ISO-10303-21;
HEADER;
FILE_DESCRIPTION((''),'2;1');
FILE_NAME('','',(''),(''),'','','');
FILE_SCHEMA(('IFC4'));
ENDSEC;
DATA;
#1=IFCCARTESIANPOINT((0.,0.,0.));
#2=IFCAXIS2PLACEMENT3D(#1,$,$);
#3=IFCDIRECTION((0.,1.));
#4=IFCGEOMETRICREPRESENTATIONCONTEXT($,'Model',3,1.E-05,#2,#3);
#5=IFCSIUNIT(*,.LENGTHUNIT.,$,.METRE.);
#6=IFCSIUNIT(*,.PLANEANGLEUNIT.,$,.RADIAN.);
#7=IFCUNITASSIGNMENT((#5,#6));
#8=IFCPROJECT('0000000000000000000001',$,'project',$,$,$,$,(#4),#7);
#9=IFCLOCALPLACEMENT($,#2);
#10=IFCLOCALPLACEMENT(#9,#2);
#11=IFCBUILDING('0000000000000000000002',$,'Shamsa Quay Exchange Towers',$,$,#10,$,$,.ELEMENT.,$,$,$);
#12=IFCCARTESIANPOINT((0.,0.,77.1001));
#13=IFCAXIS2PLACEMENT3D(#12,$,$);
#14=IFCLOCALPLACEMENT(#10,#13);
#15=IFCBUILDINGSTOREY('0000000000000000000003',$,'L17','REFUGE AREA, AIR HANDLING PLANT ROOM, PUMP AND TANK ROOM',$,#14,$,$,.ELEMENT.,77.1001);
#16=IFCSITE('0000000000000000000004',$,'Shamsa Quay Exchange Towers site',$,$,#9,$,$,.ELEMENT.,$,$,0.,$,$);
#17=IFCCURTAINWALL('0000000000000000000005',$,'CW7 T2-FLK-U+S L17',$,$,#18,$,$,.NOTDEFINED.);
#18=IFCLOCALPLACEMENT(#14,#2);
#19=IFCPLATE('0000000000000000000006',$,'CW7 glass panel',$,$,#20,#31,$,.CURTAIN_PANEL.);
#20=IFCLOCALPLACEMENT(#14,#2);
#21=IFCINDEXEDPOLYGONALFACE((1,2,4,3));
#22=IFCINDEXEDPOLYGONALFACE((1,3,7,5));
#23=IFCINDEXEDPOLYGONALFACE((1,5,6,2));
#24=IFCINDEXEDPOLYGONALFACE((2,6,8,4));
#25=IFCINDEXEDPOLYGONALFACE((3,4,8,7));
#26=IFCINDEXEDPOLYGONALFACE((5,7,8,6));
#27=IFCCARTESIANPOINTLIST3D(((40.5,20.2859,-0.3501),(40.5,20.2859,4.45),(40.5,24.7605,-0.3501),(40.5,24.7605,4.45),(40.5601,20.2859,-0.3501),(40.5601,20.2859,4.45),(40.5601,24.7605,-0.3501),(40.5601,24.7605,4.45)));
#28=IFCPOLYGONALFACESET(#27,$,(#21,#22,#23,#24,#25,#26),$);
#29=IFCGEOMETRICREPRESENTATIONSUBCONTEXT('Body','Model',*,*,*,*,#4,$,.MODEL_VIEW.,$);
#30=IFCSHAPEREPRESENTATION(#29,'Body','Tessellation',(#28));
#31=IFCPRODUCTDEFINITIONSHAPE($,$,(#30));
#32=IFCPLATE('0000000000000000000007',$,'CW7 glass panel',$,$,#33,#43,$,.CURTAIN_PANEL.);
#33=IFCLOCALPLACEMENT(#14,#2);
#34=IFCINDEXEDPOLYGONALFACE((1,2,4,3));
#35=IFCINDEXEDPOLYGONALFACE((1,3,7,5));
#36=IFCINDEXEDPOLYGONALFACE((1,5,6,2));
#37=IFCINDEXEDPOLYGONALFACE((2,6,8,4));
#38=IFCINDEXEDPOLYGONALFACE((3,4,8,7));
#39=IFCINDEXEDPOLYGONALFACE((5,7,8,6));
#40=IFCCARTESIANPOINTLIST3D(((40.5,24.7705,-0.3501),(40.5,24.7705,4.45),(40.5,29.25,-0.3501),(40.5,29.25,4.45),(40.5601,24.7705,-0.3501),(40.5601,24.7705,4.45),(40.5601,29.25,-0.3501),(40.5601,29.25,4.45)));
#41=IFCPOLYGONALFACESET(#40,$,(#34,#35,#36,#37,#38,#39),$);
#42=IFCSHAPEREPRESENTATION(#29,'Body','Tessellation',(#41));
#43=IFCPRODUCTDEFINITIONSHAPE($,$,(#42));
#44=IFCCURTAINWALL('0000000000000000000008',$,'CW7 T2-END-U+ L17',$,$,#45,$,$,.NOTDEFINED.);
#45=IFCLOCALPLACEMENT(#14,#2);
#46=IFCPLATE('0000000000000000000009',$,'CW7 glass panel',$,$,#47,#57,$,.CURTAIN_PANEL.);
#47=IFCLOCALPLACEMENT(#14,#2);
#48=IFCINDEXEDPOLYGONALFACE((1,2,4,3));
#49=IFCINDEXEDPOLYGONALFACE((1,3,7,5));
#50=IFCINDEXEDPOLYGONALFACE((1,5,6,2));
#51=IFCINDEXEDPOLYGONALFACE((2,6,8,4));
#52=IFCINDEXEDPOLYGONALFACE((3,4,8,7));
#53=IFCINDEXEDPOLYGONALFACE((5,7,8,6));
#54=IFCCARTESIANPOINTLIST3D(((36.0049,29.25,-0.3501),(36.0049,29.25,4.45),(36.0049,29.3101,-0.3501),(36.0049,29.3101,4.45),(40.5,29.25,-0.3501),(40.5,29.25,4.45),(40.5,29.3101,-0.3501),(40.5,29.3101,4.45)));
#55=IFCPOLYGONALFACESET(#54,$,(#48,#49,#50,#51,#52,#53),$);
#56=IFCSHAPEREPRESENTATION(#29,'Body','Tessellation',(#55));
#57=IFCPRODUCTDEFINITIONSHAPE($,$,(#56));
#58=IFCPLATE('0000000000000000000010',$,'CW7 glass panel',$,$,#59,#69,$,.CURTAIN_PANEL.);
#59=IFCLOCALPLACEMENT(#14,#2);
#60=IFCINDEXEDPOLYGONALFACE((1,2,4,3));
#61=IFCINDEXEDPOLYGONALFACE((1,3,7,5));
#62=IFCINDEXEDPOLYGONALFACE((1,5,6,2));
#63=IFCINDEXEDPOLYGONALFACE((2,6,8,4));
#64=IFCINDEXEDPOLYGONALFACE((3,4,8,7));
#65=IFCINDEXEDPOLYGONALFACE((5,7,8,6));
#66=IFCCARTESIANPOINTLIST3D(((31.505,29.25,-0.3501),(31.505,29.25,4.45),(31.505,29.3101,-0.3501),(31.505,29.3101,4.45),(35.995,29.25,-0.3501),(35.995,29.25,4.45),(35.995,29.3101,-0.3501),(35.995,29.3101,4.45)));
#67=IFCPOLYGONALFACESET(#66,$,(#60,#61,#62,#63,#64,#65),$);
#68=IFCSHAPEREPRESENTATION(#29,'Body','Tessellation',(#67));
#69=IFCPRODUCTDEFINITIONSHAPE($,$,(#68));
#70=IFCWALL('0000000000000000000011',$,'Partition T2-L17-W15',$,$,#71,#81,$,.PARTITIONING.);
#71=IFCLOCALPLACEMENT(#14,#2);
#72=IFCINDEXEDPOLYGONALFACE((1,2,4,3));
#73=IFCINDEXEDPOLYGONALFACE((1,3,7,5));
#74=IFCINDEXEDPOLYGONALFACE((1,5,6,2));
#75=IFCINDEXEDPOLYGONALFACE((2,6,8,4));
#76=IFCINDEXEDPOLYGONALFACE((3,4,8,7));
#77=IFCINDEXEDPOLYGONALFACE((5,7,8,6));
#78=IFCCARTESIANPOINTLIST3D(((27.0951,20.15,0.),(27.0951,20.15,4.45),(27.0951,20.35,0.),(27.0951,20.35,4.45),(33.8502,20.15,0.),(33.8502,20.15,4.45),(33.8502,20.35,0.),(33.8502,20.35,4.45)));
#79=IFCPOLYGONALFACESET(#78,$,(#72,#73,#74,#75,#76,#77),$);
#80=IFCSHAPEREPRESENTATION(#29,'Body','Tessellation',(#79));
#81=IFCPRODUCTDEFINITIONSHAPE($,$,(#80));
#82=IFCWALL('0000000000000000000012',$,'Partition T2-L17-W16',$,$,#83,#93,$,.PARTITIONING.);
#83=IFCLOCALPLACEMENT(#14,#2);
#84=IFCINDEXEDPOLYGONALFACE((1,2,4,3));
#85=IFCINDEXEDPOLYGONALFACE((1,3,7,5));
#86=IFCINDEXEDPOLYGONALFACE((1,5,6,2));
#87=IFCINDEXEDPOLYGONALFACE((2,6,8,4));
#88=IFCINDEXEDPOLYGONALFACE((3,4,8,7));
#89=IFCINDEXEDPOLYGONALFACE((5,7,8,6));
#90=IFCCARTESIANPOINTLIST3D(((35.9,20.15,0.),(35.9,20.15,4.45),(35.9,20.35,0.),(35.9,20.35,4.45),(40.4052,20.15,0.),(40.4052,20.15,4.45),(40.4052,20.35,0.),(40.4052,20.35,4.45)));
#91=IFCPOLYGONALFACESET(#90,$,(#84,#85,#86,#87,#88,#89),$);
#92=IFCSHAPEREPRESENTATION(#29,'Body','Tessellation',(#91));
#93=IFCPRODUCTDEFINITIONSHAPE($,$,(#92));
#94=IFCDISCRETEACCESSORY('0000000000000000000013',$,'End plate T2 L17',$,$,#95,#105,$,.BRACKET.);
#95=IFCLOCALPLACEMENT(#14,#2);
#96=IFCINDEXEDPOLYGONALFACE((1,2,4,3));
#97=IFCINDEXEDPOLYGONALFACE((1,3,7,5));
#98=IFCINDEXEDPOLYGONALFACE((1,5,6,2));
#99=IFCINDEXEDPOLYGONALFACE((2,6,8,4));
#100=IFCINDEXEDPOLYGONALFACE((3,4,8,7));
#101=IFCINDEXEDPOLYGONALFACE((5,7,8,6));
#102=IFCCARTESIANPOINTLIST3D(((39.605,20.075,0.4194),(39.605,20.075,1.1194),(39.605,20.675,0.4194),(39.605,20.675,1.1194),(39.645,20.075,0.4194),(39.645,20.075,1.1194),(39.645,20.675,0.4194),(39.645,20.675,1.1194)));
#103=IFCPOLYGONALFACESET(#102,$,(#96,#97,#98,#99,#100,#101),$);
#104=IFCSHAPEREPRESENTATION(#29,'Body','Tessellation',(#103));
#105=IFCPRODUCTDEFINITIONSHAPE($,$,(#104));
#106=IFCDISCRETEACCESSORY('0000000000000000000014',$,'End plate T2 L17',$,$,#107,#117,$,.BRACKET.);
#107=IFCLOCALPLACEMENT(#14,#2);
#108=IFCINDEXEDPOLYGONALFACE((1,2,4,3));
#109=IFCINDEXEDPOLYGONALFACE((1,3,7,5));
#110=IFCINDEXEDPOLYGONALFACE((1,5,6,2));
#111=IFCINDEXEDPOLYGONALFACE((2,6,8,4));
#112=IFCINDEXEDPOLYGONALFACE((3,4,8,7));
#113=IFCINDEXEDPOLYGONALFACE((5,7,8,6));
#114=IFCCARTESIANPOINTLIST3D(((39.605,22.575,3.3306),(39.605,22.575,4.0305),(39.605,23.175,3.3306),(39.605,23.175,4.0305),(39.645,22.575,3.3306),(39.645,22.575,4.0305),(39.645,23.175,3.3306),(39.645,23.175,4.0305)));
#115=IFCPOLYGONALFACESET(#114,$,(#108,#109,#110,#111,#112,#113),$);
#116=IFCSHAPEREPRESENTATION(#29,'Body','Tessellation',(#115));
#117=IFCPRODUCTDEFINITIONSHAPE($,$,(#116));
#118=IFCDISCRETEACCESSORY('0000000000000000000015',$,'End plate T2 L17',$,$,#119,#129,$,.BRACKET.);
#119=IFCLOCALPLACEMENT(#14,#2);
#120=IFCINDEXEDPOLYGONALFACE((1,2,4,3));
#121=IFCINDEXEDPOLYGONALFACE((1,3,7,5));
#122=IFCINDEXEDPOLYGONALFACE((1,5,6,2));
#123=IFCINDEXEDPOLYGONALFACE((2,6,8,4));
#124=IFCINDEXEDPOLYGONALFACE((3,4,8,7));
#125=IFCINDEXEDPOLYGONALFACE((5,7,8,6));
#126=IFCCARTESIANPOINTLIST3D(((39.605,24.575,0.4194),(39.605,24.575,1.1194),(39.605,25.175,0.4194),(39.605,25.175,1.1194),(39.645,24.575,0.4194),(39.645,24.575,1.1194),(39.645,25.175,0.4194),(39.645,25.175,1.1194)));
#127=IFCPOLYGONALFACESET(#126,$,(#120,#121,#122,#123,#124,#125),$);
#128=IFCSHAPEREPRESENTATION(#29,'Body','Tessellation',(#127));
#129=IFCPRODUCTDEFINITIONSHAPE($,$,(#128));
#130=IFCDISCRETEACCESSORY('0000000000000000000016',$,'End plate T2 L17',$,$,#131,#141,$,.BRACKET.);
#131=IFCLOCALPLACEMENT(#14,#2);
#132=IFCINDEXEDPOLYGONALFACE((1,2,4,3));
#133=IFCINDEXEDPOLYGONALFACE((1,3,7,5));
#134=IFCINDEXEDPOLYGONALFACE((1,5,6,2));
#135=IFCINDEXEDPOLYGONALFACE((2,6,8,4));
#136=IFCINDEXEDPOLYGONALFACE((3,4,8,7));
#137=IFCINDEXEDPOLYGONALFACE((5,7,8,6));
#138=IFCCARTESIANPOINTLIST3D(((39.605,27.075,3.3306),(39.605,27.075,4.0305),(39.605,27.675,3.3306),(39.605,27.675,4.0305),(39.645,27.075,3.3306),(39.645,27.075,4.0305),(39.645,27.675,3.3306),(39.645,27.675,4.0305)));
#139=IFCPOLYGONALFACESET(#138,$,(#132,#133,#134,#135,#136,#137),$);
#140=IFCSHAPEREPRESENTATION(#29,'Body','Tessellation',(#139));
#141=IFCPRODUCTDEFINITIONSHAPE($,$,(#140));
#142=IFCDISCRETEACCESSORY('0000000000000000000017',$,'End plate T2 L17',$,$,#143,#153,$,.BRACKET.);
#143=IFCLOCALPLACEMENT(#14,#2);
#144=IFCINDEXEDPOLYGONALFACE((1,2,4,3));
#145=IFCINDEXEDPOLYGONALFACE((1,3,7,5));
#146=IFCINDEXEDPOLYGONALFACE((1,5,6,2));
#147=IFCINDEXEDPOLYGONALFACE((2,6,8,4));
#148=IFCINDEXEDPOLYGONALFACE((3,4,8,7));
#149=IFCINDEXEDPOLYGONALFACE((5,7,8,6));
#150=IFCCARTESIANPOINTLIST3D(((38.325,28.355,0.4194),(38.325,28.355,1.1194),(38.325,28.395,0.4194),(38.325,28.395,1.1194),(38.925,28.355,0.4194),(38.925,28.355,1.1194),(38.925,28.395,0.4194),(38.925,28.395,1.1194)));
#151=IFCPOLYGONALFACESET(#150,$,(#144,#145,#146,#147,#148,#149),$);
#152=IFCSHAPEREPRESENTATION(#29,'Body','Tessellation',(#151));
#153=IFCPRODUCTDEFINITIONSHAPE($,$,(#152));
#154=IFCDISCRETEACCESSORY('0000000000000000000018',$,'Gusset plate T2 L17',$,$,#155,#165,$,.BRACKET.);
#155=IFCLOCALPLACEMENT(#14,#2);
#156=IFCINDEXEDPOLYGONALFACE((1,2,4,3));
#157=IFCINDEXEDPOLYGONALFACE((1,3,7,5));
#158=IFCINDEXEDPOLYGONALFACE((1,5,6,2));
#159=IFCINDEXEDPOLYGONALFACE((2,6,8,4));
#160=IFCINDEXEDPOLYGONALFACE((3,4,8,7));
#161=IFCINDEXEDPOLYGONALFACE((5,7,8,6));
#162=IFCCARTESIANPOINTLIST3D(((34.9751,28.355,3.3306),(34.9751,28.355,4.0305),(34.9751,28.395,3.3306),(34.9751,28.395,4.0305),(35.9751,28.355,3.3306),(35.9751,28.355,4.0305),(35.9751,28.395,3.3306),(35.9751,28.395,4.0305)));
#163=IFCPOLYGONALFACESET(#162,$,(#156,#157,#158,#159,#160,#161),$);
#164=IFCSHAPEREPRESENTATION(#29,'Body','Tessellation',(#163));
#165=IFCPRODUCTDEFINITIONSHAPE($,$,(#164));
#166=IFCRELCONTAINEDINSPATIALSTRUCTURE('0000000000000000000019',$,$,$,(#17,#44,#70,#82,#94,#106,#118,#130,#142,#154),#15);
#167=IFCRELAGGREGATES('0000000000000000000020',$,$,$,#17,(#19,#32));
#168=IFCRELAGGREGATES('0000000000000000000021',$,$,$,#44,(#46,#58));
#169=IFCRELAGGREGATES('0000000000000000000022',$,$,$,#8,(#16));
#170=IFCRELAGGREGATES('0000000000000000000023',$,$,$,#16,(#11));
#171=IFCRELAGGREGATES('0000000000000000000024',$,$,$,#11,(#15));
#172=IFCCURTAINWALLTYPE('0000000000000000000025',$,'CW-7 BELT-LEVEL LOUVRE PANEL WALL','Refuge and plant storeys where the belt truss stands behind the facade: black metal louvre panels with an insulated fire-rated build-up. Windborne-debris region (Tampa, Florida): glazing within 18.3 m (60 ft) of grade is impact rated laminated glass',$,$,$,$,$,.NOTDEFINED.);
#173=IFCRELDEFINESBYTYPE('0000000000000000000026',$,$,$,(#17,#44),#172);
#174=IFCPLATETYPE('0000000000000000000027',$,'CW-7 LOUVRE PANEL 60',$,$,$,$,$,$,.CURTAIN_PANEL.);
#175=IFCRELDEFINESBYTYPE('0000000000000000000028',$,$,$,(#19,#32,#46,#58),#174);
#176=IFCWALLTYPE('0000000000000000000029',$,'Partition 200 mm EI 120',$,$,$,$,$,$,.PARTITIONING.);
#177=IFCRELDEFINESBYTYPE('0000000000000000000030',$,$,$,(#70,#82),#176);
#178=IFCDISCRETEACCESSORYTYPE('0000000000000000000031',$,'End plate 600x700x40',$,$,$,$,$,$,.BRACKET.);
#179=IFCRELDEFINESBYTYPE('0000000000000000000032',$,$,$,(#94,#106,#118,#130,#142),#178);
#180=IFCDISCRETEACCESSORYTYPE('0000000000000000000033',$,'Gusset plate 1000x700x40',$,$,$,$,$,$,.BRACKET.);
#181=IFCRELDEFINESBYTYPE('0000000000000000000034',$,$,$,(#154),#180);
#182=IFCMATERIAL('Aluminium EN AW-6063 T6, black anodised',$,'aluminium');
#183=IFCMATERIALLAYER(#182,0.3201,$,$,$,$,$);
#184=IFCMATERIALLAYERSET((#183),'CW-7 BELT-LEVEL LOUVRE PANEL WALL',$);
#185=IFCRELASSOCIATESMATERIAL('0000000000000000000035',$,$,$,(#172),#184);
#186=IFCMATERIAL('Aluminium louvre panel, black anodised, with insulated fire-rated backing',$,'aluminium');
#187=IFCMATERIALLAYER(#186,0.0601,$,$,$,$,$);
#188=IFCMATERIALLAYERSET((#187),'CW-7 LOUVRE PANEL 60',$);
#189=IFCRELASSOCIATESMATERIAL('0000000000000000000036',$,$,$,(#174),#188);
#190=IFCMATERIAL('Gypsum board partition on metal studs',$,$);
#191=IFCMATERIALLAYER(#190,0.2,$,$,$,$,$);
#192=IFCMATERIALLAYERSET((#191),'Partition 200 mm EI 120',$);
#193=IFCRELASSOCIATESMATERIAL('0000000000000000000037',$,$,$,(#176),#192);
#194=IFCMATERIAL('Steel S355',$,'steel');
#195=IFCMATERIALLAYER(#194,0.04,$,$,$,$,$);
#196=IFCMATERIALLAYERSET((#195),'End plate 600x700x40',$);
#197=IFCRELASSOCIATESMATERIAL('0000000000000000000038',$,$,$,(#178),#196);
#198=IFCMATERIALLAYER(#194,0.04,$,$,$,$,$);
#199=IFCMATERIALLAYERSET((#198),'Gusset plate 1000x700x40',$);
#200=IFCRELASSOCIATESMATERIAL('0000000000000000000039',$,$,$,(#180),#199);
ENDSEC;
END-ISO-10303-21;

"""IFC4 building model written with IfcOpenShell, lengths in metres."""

from ifc_helpers import new_model, si_unit, direction, frame, frame_2d, origin, origin_2d, place, context, subcontext, project, spatial, rectangle, extrude, material, layer, layer_set, type_object, element, aggregate, save


model = new_model("IFC4")

# Units and contexts
model_context = context("Model", 3, precision=1e-05, world=origin(), true_north=direction((0.0, 1.0)))
body_context = subcontext(model_context, "Body", "Model", "MODEL_VIEW")
ifc_project = project(units=[si_unit("LENGTHUNIT", "METRE"), si_unit("PLANEANGLEUNIT", "RADIAN")], contexts=[model_context])

# Site, building, storey
site_placement = place(None, origin())
site = spatial("IfcSite", under=ifc_project, at=site_placement, Name="Shamsa Quay Exchange Towers site", CompositionType="ELEMENT", RefElevation=0.0)
building_placement = place(site_placement, origin())
building = spatial("IfcBuilding", under=site, at=building_placement, Name="Shamsa Quay Exchange Towers", CompositionType="ELEMENT")
storey_placement = place(building_placement, frame((0.0, 0.0, 77.1001)))
storey = spatial("IfcBuildingStorey", under=building, at=storey_placement, Name="L17", Description="REFUGE AREA, AIR HANDLING PLANT ROOM, PUMP AND TANK ROOM", CompositionType="ELEMENT", Elevation=77.1001)

# Shared definitions
ifc_material_1 = material(Name="Steel S355", Category="steel")

# Curtain walls, plates
ifc_material_2 = material(Name="Aluminium EN AW-6063 T6, black anodised", Category="aluminium")
ifc_layer_1 = layer(ifc_material_2, 0.3201)
ifc_layer_set_1 = layer_set([ifc_layer_1], Name="CW-7 BELT-LEVEL LOUVRE PANEL WALL")
curtain_wall_type = type_object("IfcCurtainWallType", Name="CW-7 BELT-LEVEL LOUVRE PANEL WALL", Description="Refuge and plant storeys where the belt truss stands behind the facade: black metal louvre panels with an insulated fire-rated build-up. Windborne-debris region (Tampa, Florida): glazing within 18.3 m (60 ft) of grade is impact rated laminated glass", PredefinedType="NOTDEFINED", material=ifc_layer_set_1)
curtain_wall_1_placement = place(storey_placement, origin())
curtain_wall_1 = element("IfcCurtainWall", 1, at=curtain_wall_1_placement, inside=storey, type_object=curtain_wall_type, Name="CW7 T2-FLK-U+S L17", PredefinedType="NOTDEFINED")
ifc_material_3 = material(Name="Aluminium louvre panel, black anodised, with insulated fire-rated backing", Category="aluminium")
ifc_layer_2 = layer(ifc_material_3, 0.0601)
ifc_layer_set_2 = layer_set([ifc_layer_2], Name="CW-7 LOUVRE PANEL 60")
plate_type = type_object("IfcPlateType", Name="CW-7 LOUVRE PANEL 60", PredefinedType="CURTAIN_PANEL", material=ifc_layer_set_2)
plate_1_placement = place(storey_placement, frame((40.53, 22.5232, -0.3501), z_axis=(0.0, 0.0, 1.0), x_axis=(0.0, 1.0, 0.0)))
plate_1 = element("IfcPlate", 2, at=plate_1_placement, type_object=plate_type, Name="CW7 glass panel", PredefinedType="CURTAIN_PANEL", context=body_context, shape_type="SweptSolid", body=[
    extrude(rectangle(XDim=4.4746, YDim=0.0601, at=origin_2d()), origin(), (0.0, 0.0, 1.0), 4.8),
])
plate_2_placement = place(storey_placement, frame((40.53, 27.0103, -0.3501), z_axis=(0.0, 0.0, 1.0), x_axis=(0.0, 1.0, 0.0)))
plate_2 = element("IfcPlate", 3, at=plate_2_placement, type_object=plate_type, Name="CW7 glass panel", PredefinedType="CURTAIN_PANEL", context=body_context, shape_type="SweptSolid", body=[
    extrude(rectangle(XDim=4.4795, YDim=0.0601, at=origin_2d()), origin(), (0.0, 0.0, 1.0), 4.8),
])
aggregate(curtain_wall_1, [plate_1, plate_2])
curtain_wall_2_placement = place(storey_placement, origin())
curtain_wall_2 = element("IfcCurtainWall", 4, at=curtain_wall_2_placement, inside=storey, type_object=curtain_wall_type, Name="CW7 T2-END-U+ L17", PredefinedType="NOTDEFINED")
plate_3_placement = place(storey_placement, frame((38.2524, 29.28, -0.3501), z_axis=(0.0, 0.0, 1.0), x_axis=(-1.0, 0.0, 0.0)))
plate_3 = element("IfcPlate", 5, at=plate_3_placement, type_object=plate_type, Name="CW7 glass panel", PredefinedType="CURTAIN_PANEL", context=body_context, shape_type="SweptSolid", body=[
    extrude(rectangle(XDim=4.4951, YDim=0.0601, at=origin_2d()), origin(), (0.0, 0.0, 1.0), 4.8),
])
plate_4_placement = place(storey_placement, frame((33.75, 29.28, -0.3501), z_axis=(0.0, 0.0, 1.0), x_axis=(-1.0, 0.0, 0.0)))
plate_4 = element("IfcPlate", 6, at=plate_4_placement, type_object=plate_type, Name="CW7 glass panel", PredefinedType="CURTAIN_PANEL", context=body_context, shape_type="SweptSolid", body=[
    extrude(rectangle(XDim=4.49, YDim=0.0601, at=origin_2d()), origin(), (0.0, 0.0, 1.0), 4.8),
])
aggregate(curtain_wall_2, [plate_3, plate_4])

# Shared definitions
ifc_material_4 = material(Name="Gypsum board partition on metal studs")
ifc_layer_3 = layer(ifc_material_4, 0.2)
ifc_layer_set_3 = layer_set([ifc_layer_3], Name="Partition 200 mm EI 120")
wall_type = type_object("IfcWallType", Name="Partition 200 mm EI 120", PredefinedType="PARTITIONING", material=ifc_layer_set_3)

# Walls
wall_1_placement = place(storey_placement, frame((33.8501, 20.25, 0.0), z_axis=(0.0, 0.0, 1.0), x_axis=(-1.0, 0.0, 0.0)))
element("IfcWall", 7, at=wall_1_placement, inside=storey, type_object=wall_type, Name="Partition T2-L17-W15", PredefinedType="PARTITIONING", context=body_context, shape_type="SweptSolid", body=[
    extrude(rectangle(XDim=6.7551, YDim=0.2, at=frame_2d((3.3774, 0.0))), origin(), (0.0, 0.0, 1.0), 4.45),
])
wall_2_placement = place(storey_placement, frame((40.405, 20.25, 0.0), z_axis=(0.0, 0.0, 1.0), x_axis=(-1.0, 0.0, 0.0)))
element("IfcWall", 8, at=wall_2_placement, inside=storey, type_object=wall_type, Name="Partition T2-L17-W16", PredefinedType="PARTITIONING", context=body_context, shape_type="SweptSolid", body=[
    extrude(rectangle(XDim=4.5051, YDim=0.2, at=frame_2d((2.2524, 0.0))), origin(), (0.0, 0.0, 1.0), 4.45),
])

# Discrete accessories
ifc_layer_4 = layer(ifc_material_1, 0.04)
ifc_layer_set_4 = layer_set([ifc_layer_4], Name="End plate 600x700x40")
discrete_accessory_type_1 = type_object("IfcDiscreteAccessoryType", Name="End plate 600x700x40", PredefinedType="BRACKET", material=ifc_layer_set_4)
for number, where, z_axis, x_axis, name in (
    (9, (39.625, 20.375, 0.4194), (0.0, 0.0, 1.0), (0.0, 1.0, 0.0), "End plate T2 L17"),
    (10, (39.625, 22.875, 3.3306), (0.0, 0.0, 1.0), (0.0, 1.0, 0.0), "End plate T2 L17"),
    (11, (39.625, 24.875, 0.4194), (0.0, 0.0, 1.0), (0.0, 1.0, 0.0), "End plate T2 L17"),
    (12, (39.625, 27.375, 3.3306), (0.0, 0.0, 1.0), (0.0, 1.0, 0.0), "End plate T2 L17"),
    (13, (38.625, 28.375, 0.4194), (0.0, 0.0, 1.0), (-1.0, 0.0, 0.0), "End plate T2 L17"),
):
    element("IfcDiscreteAccessory", number, at=place(storey_placement, frame(where, z_axis=z_axis, x_axis=x_axis)), inside=storey, type_object=discrete_accessory_type_1, Name=name, PredefinedType="BRACKET", context=body_context, shape_type="SweptSolid", body=[
        extrude(rectangle(XDim=0.6001, YDim=0.04, at=origin_2d()), origin(), (0.0, 0.0, 1.0), 0.7),
    ])
ifc_layer_5 = layer(ifc_material_1, 0.04)
ifc_layer_set_5 = layer_set([ifc_layer_5], Name="Gusset plate 1000x700x40")
discrete_accessory_type_2 = type_object("IfcDiscreteAccessoryType", Name="Gusset plate 1000x700x40", PredefinedType="BRACKET", material=ifc_layer_set_5)
discrete_accessory_placement = place(storey_placement, frame((35.4751, 28.375, 3.3306), z_axis=(0.0, 0.0, 1.0), x_axis=(-1.0, 0.0, 0.0)))
element("IfcDiscreteAccessory", 14, at=discrete_accessory_placement, inside=storey, type_object=discrete_accessory_type_2, Name="Gusset plate T2 L17", PredefinedType="BRACKET", context=body_context, shape_type="SweptSolid", body=[
    extrude(rectangle(XDim=1.0, YDim=0.04, at=origin_2d()), origin(), (0.0, 0.0, 1.0), 0.7),
])

save(model, "model.ifc")
